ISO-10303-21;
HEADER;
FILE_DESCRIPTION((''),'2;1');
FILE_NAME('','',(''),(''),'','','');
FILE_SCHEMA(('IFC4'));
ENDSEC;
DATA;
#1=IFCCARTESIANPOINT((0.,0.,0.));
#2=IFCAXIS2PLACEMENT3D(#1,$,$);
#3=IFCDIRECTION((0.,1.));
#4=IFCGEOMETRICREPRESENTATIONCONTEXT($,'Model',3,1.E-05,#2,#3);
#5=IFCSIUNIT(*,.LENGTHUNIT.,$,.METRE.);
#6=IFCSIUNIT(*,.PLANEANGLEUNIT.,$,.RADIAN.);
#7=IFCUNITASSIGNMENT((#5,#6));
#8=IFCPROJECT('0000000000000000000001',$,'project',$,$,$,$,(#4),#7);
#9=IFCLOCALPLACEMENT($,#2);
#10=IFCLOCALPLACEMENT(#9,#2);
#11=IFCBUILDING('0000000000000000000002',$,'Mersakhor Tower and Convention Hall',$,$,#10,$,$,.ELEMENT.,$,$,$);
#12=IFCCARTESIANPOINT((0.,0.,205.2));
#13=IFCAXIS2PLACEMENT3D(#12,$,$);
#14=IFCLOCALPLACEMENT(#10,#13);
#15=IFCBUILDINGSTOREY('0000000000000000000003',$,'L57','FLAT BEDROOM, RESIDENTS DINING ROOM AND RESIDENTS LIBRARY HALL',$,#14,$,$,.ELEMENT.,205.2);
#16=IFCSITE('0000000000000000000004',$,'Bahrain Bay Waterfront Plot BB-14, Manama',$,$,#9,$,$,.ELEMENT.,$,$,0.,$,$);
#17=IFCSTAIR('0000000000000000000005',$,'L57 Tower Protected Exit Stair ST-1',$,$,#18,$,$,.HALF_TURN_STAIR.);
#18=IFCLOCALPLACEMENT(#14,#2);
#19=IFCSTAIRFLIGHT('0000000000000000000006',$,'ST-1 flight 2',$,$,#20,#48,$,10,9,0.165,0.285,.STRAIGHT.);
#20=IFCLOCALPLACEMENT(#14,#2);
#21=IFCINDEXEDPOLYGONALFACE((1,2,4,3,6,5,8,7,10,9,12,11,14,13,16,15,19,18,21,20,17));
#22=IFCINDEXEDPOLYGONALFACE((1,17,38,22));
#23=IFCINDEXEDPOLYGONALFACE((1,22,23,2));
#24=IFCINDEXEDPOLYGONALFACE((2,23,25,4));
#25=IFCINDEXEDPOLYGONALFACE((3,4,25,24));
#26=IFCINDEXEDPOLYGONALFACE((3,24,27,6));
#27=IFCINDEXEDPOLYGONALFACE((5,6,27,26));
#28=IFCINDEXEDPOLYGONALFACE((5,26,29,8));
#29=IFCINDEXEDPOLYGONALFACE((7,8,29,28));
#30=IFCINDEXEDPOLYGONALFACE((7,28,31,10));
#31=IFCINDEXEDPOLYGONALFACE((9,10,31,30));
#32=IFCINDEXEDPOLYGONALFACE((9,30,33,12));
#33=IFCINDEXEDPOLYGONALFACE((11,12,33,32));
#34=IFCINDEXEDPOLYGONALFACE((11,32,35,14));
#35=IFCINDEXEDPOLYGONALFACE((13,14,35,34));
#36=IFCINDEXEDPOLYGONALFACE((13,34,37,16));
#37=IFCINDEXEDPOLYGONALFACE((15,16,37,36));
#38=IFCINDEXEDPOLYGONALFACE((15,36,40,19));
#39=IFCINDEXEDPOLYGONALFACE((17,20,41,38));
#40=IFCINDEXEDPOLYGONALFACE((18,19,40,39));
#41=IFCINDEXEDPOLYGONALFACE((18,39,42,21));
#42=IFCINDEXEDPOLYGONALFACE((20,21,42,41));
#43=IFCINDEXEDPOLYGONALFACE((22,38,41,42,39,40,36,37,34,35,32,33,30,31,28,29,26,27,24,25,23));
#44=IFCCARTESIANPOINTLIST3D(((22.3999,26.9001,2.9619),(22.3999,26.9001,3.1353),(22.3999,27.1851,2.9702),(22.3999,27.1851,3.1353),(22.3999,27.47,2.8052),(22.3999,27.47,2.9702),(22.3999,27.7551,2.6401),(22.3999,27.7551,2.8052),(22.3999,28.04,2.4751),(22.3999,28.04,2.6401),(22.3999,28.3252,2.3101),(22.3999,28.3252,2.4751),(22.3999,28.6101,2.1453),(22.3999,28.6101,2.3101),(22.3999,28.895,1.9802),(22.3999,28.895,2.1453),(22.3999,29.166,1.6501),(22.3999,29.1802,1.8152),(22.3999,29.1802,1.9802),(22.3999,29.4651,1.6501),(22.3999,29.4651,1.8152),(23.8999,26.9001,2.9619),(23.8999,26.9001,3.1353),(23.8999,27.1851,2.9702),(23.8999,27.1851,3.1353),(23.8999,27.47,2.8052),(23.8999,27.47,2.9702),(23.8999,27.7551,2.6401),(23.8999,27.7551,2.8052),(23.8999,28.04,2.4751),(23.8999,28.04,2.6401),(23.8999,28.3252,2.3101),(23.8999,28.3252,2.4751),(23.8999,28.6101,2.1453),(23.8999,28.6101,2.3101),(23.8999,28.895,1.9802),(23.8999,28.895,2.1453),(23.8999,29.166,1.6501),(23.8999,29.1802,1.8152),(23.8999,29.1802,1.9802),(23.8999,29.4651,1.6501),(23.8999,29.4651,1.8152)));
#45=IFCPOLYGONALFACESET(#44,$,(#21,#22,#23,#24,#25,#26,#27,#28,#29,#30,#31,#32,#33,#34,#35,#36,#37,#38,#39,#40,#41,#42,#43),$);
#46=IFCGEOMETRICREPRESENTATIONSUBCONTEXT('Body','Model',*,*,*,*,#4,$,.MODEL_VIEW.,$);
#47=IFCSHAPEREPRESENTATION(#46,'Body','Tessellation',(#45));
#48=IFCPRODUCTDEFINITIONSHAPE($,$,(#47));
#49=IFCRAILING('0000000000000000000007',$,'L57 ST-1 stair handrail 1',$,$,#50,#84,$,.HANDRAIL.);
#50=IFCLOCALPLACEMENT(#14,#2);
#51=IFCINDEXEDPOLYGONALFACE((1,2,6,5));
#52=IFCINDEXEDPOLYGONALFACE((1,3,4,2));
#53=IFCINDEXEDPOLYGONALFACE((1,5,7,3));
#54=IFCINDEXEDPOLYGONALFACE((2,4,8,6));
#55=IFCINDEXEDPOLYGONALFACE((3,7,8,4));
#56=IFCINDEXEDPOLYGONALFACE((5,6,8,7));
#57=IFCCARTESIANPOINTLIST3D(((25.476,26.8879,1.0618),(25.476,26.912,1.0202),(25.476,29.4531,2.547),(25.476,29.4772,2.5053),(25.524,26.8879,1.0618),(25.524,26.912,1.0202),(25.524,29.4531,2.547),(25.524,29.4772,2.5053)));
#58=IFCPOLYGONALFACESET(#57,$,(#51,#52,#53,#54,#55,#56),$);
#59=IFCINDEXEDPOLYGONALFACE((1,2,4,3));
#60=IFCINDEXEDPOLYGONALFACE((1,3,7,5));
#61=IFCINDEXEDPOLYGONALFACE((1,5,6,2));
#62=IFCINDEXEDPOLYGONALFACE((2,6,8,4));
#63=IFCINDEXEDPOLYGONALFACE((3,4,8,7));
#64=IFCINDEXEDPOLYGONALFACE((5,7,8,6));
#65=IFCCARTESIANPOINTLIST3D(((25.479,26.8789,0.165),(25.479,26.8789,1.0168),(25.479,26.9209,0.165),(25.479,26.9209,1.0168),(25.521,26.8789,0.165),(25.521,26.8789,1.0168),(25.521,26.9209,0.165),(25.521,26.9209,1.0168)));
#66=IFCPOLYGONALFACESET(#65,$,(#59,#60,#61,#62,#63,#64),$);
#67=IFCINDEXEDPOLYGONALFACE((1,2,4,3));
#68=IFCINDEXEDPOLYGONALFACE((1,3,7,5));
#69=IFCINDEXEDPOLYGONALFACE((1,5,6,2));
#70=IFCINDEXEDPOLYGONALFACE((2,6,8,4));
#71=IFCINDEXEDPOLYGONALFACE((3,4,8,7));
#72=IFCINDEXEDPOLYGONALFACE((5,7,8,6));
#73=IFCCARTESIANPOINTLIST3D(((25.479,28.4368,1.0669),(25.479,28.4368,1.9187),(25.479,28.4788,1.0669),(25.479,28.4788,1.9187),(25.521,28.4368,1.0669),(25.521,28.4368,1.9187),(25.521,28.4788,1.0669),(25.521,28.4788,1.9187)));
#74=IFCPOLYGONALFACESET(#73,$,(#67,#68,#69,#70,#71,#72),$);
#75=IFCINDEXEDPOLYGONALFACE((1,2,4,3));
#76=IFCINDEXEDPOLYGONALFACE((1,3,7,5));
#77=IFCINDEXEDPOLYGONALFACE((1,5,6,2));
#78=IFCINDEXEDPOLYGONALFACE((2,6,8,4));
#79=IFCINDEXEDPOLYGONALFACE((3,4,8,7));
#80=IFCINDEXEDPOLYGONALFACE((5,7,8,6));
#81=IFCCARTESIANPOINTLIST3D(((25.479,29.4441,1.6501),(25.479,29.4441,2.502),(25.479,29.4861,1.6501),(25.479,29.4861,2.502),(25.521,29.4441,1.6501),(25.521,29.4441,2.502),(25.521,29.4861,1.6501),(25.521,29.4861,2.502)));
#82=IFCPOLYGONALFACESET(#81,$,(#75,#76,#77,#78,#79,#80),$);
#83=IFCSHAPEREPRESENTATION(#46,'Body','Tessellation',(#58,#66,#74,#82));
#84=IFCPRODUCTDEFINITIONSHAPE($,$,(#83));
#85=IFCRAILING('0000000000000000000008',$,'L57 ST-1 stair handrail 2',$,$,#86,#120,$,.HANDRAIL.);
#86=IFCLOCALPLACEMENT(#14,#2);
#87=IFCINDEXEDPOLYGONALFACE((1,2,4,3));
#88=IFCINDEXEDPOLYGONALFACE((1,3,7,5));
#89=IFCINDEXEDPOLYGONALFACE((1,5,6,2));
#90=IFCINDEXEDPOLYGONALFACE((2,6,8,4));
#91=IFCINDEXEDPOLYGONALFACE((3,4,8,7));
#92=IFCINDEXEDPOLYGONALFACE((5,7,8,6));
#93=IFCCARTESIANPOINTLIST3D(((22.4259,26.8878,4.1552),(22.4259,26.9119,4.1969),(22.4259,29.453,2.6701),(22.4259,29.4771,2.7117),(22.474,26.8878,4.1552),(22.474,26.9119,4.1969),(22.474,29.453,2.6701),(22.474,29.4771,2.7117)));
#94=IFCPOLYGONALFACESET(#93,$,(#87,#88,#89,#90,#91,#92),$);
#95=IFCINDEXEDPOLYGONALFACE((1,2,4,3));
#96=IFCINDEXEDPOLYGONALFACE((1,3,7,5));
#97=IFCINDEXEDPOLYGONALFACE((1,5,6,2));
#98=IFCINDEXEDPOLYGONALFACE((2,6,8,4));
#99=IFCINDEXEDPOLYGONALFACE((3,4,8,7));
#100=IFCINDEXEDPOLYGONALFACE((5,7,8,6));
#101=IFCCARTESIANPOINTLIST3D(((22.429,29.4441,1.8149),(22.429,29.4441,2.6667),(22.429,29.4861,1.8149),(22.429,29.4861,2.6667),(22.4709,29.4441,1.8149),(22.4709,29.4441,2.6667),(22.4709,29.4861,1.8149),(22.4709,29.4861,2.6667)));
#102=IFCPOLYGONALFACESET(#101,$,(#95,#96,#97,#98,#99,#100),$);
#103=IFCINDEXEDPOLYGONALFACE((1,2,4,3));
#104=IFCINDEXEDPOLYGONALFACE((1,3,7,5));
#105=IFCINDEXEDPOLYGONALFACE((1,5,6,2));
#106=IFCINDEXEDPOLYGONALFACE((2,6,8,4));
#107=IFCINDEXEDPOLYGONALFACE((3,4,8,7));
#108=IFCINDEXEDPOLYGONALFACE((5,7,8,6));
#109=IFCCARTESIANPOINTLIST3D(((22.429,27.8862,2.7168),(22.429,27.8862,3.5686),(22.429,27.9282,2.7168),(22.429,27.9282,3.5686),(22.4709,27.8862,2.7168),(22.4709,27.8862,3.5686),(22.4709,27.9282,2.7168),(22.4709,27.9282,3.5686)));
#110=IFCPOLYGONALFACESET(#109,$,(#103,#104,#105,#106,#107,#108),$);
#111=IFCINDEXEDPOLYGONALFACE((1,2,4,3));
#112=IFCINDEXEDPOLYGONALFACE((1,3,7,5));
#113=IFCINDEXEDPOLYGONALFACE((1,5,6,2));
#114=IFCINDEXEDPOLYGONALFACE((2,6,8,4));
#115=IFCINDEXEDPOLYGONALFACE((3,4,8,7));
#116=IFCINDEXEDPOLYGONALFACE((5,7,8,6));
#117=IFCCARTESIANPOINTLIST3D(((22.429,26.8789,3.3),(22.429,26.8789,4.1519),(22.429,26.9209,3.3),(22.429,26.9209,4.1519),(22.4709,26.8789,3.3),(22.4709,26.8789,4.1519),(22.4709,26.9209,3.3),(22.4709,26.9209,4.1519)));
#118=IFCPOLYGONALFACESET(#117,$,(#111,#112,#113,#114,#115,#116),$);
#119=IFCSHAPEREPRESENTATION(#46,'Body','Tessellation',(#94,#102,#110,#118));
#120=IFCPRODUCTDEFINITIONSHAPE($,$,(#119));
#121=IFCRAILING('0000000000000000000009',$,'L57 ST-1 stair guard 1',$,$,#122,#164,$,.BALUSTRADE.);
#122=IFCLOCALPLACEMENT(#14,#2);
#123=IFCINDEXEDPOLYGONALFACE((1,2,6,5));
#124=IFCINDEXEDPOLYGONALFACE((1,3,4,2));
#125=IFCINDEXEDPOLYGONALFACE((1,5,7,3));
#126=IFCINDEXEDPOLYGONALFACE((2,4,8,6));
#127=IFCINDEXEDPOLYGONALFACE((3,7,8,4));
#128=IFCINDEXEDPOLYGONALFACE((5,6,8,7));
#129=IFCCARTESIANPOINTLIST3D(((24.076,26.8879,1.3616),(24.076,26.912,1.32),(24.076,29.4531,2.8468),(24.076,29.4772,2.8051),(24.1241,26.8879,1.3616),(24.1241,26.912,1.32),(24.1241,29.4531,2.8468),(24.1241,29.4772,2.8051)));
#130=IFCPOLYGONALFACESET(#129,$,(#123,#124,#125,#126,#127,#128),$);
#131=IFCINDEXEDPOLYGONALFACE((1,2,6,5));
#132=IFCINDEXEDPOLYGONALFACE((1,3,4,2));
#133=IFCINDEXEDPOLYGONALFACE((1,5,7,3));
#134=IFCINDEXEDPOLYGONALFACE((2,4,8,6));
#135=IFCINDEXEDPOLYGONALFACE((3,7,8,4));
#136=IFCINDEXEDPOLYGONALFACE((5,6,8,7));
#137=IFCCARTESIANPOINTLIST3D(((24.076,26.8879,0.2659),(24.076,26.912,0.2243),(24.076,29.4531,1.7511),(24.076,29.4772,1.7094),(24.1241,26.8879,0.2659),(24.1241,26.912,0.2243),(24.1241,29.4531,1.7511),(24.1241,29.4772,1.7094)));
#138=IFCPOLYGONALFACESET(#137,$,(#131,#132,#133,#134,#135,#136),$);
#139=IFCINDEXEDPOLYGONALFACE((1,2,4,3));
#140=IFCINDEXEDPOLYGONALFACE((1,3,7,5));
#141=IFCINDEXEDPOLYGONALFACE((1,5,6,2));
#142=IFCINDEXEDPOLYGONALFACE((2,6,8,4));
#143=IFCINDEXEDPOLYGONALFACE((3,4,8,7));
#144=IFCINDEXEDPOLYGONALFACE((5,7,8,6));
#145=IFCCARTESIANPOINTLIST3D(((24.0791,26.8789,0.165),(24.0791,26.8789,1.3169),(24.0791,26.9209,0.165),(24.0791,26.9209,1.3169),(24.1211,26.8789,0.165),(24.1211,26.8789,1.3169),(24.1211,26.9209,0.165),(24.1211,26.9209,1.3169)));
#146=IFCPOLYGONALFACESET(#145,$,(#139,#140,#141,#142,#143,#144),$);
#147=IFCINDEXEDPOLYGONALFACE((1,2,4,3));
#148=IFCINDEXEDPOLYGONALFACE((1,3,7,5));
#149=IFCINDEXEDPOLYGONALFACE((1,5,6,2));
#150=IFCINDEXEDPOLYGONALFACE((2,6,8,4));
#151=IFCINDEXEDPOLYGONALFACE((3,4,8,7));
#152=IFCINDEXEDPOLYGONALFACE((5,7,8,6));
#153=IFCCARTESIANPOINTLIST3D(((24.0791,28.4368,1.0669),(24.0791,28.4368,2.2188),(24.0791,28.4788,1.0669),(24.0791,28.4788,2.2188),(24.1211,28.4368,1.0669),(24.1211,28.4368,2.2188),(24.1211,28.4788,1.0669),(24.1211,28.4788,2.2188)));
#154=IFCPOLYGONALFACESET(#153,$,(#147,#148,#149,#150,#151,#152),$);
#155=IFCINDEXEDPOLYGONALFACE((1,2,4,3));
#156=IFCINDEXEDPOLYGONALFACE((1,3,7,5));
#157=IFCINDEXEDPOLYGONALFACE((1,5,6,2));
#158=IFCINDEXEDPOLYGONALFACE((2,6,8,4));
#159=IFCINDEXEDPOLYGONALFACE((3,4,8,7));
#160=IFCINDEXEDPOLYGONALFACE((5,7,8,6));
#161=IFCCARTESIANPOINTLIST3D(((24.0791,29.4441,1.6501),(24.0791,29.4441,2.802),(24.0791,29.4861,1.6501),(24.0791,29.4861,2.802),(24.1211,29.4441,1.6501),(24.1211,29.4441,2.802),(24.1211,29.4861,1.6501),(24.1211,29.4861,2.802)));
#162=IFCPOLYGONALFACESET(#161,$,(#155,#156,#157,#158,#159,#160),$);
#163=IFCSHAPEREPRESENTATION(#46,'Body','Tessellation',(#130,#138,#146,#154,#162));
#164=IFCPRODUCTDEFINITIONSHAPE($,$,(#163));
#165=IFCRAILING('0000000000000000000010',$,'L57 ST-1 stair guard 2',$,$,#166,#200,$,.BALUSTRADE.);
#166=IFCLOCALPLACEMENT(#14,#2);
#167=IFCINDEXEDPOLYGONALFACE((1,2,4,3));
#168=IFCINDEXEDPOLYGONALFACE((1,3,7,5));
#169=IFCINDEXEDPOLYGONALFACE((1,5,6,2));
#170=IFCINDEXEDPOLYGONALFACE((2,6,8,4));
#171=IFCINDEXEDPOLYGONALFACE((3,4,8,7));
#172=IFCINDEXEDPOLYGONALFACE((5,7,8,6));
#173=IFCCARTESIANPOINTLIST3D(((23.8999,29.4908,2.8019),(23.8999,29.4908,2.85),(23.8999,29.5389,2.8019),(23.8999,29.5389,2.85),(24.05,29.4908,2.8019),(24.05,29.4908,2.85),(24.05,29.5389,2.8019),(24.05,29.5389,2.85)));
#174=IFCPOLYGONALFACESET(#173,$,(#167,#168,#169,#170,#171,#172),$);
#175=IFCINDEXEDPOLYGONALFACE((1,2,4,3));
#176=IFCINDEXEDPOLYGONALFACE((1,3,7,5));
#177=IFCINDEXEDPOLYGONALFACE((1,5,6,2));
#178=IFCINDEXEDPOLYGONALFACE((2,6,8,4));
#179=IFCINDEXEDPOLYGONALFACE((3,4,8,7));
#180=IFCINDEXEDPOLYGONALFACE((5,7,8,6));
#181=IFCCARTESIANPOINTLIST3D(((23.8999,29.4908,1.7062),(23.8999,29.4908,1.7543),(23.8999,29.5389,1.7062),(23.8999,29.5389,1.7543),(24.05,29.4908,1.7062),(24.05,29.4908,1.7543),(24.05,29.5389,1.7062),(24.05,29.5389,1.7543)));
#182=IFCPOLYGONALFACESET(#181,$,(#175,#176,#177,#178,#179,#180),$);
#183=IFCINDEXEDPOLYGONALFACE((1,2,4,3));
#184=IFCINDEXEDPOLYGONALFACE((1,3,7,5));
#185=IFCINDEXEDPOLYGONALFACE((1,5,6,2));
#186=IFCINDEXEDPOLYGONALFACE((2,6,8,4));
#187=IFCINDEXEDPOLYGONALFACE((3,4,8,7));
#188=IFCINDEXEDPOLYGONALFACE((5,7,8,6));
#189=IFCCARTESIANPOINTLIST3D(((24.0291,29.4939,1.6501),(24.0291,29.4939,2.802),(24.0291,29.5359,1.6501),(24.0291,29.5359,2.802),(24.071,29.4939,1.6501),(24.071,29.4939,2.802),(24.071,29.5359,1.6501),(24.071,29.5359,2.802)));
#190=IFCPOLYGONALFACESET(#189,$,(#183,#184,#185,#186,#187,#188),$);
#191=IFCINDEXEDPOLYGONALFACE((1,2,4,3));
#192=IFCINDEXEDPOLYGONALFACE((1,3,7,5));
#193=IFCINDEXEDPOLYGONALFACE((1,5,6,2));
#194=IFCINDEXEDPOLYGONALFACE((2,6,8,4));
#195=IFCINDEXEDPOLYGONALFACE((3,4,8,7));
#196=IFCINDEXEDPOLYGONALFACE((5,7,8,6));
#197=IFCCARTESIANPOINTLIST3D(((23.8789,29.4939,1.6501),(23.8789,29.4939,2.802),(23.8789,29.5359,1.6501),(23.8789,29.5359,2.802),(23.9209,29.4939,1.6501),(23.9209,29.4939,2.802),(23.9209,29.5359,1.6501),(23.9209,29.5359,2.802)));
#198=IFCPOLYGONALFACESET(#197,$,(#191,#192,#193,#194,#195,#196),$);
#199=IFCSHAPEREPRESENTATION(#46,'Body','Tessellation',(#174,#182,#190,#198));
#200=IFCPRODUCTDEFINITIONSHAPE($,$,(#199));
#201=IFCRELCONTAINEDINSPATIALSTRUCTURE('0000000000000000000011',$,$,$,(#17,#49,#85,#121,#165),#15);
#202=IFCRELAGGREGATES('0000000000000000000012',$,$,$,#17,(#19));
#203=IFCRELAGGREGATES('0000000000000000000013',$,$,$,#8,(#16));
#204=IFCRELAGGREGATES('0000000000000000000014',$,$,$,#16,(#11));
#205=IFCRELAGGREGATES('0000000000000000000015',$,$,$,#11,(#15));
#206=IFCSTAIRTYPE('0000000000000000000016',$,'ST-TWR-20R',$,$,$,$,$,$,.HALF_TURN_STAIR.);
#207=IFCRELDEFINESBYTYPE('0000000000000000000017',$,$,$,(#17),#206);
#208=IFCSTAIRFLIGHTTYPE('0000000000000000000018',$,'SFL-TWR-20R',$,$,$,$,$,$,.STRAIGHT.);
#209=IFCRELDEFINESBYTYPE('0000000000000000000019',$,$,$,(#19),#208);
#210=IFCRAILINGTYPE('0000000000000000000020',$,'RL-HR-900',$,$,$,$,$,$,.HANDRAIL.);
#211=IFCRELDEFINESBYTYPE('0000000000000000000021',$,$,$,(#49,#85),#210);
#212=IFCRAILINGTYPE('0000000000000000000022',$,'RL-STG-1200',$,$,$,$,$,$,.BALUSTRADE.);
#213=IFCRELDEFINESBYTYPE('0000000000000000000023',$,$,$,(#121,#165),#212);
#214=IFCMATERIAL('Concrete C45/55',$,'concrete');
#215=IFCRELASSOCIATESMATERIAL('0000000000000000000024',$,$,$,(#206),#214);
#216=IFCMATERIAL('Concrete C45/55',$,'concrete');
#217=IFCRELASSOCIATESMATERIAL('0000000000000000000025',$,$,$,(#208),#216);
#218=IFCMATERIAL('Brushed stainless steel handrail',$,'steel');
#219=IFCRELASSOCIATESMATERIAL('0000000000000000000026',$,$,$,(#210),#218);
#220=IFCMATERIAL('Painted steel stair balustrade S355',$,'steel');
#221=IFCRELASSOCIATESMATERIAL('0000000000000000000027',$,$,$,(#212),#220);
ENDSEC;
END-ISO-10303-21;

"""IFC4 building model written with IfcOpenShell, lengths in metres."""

from ifc_helpers import new_model, si_unit, direction, frame, origin, origin_2d, place, context, subcontext, project, spatial, polyline, rectangle, outline, extrude, material, type_object, element, aggregate, save


model = new_model("IFC4")

# Units and contexts
model_context = context("Model", 3, precision=1e-05, world=origin(), true_north=direction((0.0, 1.0)))
body_context = subcontext(model_context, "Body", "Model", "MODEL_VIEW")
ifc_project = project(units=[si_unit("LENGTHUNIT", "METRE"), si_unit("PLANEANGLEUNIT", "RADIAN")], contexts=[model_context])

# Site, building, storey
site_placement = place(None, origin())
site = spatial("IfcSite", under=ifc_project, at=site_placement, Name="Bahrain Bay Waterfront Plot BB-14, Manama", CompositionType="ELEMENT", RefElevation=0.0)
building_placement = place(site_placement, origin())
building = spatial("IfcBuilding", under=site, at=building_placement, Name="Mersakhor Tower and Convention Hall", CompositionType="ELEMENT")
storey_placement = place(building_placement, frame((0.0, 0.0, 205.2)))
storey = spatial("IfcBuildingStorey", under=building, at=storey_placement, Name="L57", Description="FLAT BEDROOM, RESIDENTS DINING ROOM AND RESIDENTS LIBRARY HALL", CompositionType="ELEMENT", Elevation=205.2)

# Stair, stair flight
ifc_material_1 = material(Name="Concrete C45/55", Category="concrete")
stair_type = type_object("IfcStairType", Name="ST-TWR-20R", PredefinedType="HALF_TURN_STAIR", material=ifc_material_1)
stair_placement = place(storey_placement, origin())
stair = element("IfcStair", 1, at=stair_placement, inside=storey, type_object=stair_type, Name="L57 Tower Protected Exit Stair ST-1", PredefinedType="HALF_TURN_STAIR")
ifc_material_2 = material(Name="Concrete C45/55", Category="concrete")
stair_flight_type = type_object("IfcStairFlightType", Name="SFL-TWR-20R", PredefinedType="STRAIGHT", material=ifc_material_2)
stair_flight_1_placement = place(storey_placement, frame((23.1499, 29.4651, 1.6501), z_axis=(0.0, 0.0, 1.0), x_axis=(0.0, -1.0, 0.0)))
stair_flight_1 = element("IfcStairFlight", 2, at=stair_flight_1_placement, type_object=stair_flight_type, Name="ST-1 flight 2", NumberOfRisers=10, NumberOfTreads=9, PredefinedType="STRAIGHT", RiserHeight=0.165, TreadLength=0.285, context=body_context, shape_type="SweptSolid", body=[
    extrude(outline(polyline([(0.0, 0.0), (0.0, 0.165), (0.2849, 0.165), (0.2849, 0.3301), (0.5701, 0.3301), (0.5701, 0.4951), (0.855, 0.4951), (0.855, 0.6599), (1.1399, 0.6599), (1.1399, 0.825), (1.425, 0.825), (1.425, 0.99), (1.71, 0.99), (1.71, 1.155), (1.9951, 1.155), (1.9951, 1.3201), (2.28, 1.3201), (2.28, 1.4851), (2.5649, 1.4851), (2.5649, 1.6499), (2.5649, 1.3118), (0.2991, 0.0), (0.0, 0.0)])), frame((0.0, 0.75, 0.0), z_axis=(0.0, -1.0, 0.0), x_axis=(1.0, 0.0, 0.0)), (0.0, 0.0, 1.0), 1.5),
])
aggregate(stair, [stair_flight_1])

# Railings
ifc_material_3 = material(Name="Brushed stainless steel handrail", Category="steel")
railing_type_1 = type_object("IfcRailingType", Name="RL-HR-900", PredefinedType="HANDRAIL", material=ifc_material_3)
railing_1_placement = place(storey_placement, frame((25.5, 26.8999, 0.165)))
element("IfcRailing", 3, at=railing_1_placement, inside=storey, type_object=railing_type_1, Name="L57 ST-1 stair handrail 1", PredefinedType="HANDRAIL", context=body_context, shape_type="SweptSolid", body=[
    extrude(rectangle(XDim=0.0481, YDim=0.0481, at=origin_2d()), frame((0.0, 0.0, 0.876), z_axis=(0.0, 0.865426, 0.501036), x_axis=(-1.0, 0.0, 0.0)), (0.0, 0.0, 1.0), 2.9641),
    extrude(rectangle(XDim=0.042, YDim=0.042, at=origin_2d()), origin(), (0.0, 0.0, 1.0), 0.8518),
    extrude(rectangle(XDim=0.042, YDim=0.042, at=origin_2d()), frame((0.0, 1.5579, 0.9019)), (0.0, 0.0, 1.0), 0.8518),
    extrude(rectangle(XDim=0.042, YDim=0.042, at=origin_2d()), frame((0.0, 2.5652, 1.4851)), (0.0, 0.0, 1.0), 0.8518),
])
railing_2_placement = place(storey_placement, frame((22.45, 29.4651, 1.8149)))
element("IfcRailing", 4, at=railing_2_placement, inside=storey, type_object=railing_type_1, Name="L57 ST-1 stair handrail 2", PredefinedType="HANDRAIL", context=body_context, shape_type="SweptSolid", body=[
    extrude(rectangle(XDim=0.0481, YDim=0.0481, at=origin_2d()), frame((0.0, 0.0, 0.876), z_axis=(0.0, -0.865426, 0.501036), x_axis=(1.0, 0.0, 0.0)), (0.0, 0.0, 1.0), 2.9641),
    extrude(rectangle(XDim=0.042, YDim=0.042, at=origin_2d()), origin(), (0.0, 0.0, 1.0), 0.8518),
    extrude(rectangle(XDim=0.042, YDim=0.042, at=origin_2d()), frame((0.0, -1.5579, 0.9019)), (0.0, 0.0, 1.0), 0.8518),
    extrude(rectangle(XDim=0.042, YDim=0.042, at=origin_2d()), frame((0.0, -2.5652, 1.4851)), (0.0, 0.0, 1.0), 0.8518),
])
ifc_material_4 = material(Name="Painted steel stair balustrade S355", Category="steel")
railing_type_2 = type_object("IfcRailingType", Name="RL-STG-1200", PredefinedType="BALUSTRADE", material=ifc_material_4)
railing_3_placement = place(storey_placement, frame((24.1001, 26.8999, 0.165)))
element("IfcRailing", 5, at=railing_3_placement, inside=storey, type_object=railing_type_2, Name="L57 ST-1 stair guard 1", PredefinedType="BALUSTRADE", context=body_context, shape_type="SweptSolid", body=[
    extrude(rectangle(XDim=0.0481, YDim=0.0481, at=origin_2d()), frame((0.0, 0.0, 1.1758), z_axis=(0.0, 0.865426, 0.501036), x_axis=(-1.0, 0.0, 0.0)), (0.0, 0.0, 1.0), 2.9641),
    extrude(rectangle(XDim=0.0481, YDim=0.0481, at=origin_2d()), frame((0.0, 0.0, 0.0801), z_axis=(0.0, 0.865426, 0.501036), x_axis=(-1.0, 0.0, 0.0)), (0.0, 0.0, 1.0), 2.9641),
    extrude(rectangle(XDim=0.042, YDim=0.042, at=origin_2d()), origin(), (0.0, 0.0, 1.0), 1.1519),
    extrude(rectangle(XDim=0.042, YDim=0.042, at=origin_2d()), frame((0.0, 1.5579, 0.9019)), (0.0, 0.0, 1.0), 1.1519),
    extrude(rectangle(XDim=0.042, YDim=0.042, at=origin_2d()), frame((0.0, 2.5652, 1.4851)), (0.0, 0.0, 1.0), 1.1519),
])
railing_4_placement = place(storey_placement, frame((24.05, 29.5149, 1.6501)))
element("IfcRailing", 6, at=railing_4_placement, inside=storey, type_object=railing_type_2, Name="L57 ST-1 stair guard 2", PredefinedType="BALUSTRADE", context=body_context, shape_type="SweptSolid", body=[
    extrude(rectangle(XDim=0.0481, YDim=0.0481, at=origin_2d()), frame((0.0, 0.0, 1.1758), z_axis=(-1.0, 0.0, 0.0), x_axis=(0.0, -1.0, 0.0)), (0.0, 0.0, 1.0), 0.1501),
    extrude(rectangle(XDim=0.0481, YDim=0.0481, at=origin_2d()), frame((0.0, 0.0, 0.0801), z_axis=(-1.0, 0.0, 0.0), x_axis=(0.0, -1.0, 0.0)), (0.0, 0.0, 1.0), 0.1501),
    extrude(rectangle(XDim=0.042, YDim=0.042, at=origin_2d()), origin(), (0.0, 0.0, 1.0), 1.1519),
    extrude(rectangle(XDim=0.042, YDim=0.042, at=origin_2d()), frame((-0.1501, 0.0, 0.0)), (0.0, 0.0, 1.0), 1.1519),
])

save(model, "model.ifc")
